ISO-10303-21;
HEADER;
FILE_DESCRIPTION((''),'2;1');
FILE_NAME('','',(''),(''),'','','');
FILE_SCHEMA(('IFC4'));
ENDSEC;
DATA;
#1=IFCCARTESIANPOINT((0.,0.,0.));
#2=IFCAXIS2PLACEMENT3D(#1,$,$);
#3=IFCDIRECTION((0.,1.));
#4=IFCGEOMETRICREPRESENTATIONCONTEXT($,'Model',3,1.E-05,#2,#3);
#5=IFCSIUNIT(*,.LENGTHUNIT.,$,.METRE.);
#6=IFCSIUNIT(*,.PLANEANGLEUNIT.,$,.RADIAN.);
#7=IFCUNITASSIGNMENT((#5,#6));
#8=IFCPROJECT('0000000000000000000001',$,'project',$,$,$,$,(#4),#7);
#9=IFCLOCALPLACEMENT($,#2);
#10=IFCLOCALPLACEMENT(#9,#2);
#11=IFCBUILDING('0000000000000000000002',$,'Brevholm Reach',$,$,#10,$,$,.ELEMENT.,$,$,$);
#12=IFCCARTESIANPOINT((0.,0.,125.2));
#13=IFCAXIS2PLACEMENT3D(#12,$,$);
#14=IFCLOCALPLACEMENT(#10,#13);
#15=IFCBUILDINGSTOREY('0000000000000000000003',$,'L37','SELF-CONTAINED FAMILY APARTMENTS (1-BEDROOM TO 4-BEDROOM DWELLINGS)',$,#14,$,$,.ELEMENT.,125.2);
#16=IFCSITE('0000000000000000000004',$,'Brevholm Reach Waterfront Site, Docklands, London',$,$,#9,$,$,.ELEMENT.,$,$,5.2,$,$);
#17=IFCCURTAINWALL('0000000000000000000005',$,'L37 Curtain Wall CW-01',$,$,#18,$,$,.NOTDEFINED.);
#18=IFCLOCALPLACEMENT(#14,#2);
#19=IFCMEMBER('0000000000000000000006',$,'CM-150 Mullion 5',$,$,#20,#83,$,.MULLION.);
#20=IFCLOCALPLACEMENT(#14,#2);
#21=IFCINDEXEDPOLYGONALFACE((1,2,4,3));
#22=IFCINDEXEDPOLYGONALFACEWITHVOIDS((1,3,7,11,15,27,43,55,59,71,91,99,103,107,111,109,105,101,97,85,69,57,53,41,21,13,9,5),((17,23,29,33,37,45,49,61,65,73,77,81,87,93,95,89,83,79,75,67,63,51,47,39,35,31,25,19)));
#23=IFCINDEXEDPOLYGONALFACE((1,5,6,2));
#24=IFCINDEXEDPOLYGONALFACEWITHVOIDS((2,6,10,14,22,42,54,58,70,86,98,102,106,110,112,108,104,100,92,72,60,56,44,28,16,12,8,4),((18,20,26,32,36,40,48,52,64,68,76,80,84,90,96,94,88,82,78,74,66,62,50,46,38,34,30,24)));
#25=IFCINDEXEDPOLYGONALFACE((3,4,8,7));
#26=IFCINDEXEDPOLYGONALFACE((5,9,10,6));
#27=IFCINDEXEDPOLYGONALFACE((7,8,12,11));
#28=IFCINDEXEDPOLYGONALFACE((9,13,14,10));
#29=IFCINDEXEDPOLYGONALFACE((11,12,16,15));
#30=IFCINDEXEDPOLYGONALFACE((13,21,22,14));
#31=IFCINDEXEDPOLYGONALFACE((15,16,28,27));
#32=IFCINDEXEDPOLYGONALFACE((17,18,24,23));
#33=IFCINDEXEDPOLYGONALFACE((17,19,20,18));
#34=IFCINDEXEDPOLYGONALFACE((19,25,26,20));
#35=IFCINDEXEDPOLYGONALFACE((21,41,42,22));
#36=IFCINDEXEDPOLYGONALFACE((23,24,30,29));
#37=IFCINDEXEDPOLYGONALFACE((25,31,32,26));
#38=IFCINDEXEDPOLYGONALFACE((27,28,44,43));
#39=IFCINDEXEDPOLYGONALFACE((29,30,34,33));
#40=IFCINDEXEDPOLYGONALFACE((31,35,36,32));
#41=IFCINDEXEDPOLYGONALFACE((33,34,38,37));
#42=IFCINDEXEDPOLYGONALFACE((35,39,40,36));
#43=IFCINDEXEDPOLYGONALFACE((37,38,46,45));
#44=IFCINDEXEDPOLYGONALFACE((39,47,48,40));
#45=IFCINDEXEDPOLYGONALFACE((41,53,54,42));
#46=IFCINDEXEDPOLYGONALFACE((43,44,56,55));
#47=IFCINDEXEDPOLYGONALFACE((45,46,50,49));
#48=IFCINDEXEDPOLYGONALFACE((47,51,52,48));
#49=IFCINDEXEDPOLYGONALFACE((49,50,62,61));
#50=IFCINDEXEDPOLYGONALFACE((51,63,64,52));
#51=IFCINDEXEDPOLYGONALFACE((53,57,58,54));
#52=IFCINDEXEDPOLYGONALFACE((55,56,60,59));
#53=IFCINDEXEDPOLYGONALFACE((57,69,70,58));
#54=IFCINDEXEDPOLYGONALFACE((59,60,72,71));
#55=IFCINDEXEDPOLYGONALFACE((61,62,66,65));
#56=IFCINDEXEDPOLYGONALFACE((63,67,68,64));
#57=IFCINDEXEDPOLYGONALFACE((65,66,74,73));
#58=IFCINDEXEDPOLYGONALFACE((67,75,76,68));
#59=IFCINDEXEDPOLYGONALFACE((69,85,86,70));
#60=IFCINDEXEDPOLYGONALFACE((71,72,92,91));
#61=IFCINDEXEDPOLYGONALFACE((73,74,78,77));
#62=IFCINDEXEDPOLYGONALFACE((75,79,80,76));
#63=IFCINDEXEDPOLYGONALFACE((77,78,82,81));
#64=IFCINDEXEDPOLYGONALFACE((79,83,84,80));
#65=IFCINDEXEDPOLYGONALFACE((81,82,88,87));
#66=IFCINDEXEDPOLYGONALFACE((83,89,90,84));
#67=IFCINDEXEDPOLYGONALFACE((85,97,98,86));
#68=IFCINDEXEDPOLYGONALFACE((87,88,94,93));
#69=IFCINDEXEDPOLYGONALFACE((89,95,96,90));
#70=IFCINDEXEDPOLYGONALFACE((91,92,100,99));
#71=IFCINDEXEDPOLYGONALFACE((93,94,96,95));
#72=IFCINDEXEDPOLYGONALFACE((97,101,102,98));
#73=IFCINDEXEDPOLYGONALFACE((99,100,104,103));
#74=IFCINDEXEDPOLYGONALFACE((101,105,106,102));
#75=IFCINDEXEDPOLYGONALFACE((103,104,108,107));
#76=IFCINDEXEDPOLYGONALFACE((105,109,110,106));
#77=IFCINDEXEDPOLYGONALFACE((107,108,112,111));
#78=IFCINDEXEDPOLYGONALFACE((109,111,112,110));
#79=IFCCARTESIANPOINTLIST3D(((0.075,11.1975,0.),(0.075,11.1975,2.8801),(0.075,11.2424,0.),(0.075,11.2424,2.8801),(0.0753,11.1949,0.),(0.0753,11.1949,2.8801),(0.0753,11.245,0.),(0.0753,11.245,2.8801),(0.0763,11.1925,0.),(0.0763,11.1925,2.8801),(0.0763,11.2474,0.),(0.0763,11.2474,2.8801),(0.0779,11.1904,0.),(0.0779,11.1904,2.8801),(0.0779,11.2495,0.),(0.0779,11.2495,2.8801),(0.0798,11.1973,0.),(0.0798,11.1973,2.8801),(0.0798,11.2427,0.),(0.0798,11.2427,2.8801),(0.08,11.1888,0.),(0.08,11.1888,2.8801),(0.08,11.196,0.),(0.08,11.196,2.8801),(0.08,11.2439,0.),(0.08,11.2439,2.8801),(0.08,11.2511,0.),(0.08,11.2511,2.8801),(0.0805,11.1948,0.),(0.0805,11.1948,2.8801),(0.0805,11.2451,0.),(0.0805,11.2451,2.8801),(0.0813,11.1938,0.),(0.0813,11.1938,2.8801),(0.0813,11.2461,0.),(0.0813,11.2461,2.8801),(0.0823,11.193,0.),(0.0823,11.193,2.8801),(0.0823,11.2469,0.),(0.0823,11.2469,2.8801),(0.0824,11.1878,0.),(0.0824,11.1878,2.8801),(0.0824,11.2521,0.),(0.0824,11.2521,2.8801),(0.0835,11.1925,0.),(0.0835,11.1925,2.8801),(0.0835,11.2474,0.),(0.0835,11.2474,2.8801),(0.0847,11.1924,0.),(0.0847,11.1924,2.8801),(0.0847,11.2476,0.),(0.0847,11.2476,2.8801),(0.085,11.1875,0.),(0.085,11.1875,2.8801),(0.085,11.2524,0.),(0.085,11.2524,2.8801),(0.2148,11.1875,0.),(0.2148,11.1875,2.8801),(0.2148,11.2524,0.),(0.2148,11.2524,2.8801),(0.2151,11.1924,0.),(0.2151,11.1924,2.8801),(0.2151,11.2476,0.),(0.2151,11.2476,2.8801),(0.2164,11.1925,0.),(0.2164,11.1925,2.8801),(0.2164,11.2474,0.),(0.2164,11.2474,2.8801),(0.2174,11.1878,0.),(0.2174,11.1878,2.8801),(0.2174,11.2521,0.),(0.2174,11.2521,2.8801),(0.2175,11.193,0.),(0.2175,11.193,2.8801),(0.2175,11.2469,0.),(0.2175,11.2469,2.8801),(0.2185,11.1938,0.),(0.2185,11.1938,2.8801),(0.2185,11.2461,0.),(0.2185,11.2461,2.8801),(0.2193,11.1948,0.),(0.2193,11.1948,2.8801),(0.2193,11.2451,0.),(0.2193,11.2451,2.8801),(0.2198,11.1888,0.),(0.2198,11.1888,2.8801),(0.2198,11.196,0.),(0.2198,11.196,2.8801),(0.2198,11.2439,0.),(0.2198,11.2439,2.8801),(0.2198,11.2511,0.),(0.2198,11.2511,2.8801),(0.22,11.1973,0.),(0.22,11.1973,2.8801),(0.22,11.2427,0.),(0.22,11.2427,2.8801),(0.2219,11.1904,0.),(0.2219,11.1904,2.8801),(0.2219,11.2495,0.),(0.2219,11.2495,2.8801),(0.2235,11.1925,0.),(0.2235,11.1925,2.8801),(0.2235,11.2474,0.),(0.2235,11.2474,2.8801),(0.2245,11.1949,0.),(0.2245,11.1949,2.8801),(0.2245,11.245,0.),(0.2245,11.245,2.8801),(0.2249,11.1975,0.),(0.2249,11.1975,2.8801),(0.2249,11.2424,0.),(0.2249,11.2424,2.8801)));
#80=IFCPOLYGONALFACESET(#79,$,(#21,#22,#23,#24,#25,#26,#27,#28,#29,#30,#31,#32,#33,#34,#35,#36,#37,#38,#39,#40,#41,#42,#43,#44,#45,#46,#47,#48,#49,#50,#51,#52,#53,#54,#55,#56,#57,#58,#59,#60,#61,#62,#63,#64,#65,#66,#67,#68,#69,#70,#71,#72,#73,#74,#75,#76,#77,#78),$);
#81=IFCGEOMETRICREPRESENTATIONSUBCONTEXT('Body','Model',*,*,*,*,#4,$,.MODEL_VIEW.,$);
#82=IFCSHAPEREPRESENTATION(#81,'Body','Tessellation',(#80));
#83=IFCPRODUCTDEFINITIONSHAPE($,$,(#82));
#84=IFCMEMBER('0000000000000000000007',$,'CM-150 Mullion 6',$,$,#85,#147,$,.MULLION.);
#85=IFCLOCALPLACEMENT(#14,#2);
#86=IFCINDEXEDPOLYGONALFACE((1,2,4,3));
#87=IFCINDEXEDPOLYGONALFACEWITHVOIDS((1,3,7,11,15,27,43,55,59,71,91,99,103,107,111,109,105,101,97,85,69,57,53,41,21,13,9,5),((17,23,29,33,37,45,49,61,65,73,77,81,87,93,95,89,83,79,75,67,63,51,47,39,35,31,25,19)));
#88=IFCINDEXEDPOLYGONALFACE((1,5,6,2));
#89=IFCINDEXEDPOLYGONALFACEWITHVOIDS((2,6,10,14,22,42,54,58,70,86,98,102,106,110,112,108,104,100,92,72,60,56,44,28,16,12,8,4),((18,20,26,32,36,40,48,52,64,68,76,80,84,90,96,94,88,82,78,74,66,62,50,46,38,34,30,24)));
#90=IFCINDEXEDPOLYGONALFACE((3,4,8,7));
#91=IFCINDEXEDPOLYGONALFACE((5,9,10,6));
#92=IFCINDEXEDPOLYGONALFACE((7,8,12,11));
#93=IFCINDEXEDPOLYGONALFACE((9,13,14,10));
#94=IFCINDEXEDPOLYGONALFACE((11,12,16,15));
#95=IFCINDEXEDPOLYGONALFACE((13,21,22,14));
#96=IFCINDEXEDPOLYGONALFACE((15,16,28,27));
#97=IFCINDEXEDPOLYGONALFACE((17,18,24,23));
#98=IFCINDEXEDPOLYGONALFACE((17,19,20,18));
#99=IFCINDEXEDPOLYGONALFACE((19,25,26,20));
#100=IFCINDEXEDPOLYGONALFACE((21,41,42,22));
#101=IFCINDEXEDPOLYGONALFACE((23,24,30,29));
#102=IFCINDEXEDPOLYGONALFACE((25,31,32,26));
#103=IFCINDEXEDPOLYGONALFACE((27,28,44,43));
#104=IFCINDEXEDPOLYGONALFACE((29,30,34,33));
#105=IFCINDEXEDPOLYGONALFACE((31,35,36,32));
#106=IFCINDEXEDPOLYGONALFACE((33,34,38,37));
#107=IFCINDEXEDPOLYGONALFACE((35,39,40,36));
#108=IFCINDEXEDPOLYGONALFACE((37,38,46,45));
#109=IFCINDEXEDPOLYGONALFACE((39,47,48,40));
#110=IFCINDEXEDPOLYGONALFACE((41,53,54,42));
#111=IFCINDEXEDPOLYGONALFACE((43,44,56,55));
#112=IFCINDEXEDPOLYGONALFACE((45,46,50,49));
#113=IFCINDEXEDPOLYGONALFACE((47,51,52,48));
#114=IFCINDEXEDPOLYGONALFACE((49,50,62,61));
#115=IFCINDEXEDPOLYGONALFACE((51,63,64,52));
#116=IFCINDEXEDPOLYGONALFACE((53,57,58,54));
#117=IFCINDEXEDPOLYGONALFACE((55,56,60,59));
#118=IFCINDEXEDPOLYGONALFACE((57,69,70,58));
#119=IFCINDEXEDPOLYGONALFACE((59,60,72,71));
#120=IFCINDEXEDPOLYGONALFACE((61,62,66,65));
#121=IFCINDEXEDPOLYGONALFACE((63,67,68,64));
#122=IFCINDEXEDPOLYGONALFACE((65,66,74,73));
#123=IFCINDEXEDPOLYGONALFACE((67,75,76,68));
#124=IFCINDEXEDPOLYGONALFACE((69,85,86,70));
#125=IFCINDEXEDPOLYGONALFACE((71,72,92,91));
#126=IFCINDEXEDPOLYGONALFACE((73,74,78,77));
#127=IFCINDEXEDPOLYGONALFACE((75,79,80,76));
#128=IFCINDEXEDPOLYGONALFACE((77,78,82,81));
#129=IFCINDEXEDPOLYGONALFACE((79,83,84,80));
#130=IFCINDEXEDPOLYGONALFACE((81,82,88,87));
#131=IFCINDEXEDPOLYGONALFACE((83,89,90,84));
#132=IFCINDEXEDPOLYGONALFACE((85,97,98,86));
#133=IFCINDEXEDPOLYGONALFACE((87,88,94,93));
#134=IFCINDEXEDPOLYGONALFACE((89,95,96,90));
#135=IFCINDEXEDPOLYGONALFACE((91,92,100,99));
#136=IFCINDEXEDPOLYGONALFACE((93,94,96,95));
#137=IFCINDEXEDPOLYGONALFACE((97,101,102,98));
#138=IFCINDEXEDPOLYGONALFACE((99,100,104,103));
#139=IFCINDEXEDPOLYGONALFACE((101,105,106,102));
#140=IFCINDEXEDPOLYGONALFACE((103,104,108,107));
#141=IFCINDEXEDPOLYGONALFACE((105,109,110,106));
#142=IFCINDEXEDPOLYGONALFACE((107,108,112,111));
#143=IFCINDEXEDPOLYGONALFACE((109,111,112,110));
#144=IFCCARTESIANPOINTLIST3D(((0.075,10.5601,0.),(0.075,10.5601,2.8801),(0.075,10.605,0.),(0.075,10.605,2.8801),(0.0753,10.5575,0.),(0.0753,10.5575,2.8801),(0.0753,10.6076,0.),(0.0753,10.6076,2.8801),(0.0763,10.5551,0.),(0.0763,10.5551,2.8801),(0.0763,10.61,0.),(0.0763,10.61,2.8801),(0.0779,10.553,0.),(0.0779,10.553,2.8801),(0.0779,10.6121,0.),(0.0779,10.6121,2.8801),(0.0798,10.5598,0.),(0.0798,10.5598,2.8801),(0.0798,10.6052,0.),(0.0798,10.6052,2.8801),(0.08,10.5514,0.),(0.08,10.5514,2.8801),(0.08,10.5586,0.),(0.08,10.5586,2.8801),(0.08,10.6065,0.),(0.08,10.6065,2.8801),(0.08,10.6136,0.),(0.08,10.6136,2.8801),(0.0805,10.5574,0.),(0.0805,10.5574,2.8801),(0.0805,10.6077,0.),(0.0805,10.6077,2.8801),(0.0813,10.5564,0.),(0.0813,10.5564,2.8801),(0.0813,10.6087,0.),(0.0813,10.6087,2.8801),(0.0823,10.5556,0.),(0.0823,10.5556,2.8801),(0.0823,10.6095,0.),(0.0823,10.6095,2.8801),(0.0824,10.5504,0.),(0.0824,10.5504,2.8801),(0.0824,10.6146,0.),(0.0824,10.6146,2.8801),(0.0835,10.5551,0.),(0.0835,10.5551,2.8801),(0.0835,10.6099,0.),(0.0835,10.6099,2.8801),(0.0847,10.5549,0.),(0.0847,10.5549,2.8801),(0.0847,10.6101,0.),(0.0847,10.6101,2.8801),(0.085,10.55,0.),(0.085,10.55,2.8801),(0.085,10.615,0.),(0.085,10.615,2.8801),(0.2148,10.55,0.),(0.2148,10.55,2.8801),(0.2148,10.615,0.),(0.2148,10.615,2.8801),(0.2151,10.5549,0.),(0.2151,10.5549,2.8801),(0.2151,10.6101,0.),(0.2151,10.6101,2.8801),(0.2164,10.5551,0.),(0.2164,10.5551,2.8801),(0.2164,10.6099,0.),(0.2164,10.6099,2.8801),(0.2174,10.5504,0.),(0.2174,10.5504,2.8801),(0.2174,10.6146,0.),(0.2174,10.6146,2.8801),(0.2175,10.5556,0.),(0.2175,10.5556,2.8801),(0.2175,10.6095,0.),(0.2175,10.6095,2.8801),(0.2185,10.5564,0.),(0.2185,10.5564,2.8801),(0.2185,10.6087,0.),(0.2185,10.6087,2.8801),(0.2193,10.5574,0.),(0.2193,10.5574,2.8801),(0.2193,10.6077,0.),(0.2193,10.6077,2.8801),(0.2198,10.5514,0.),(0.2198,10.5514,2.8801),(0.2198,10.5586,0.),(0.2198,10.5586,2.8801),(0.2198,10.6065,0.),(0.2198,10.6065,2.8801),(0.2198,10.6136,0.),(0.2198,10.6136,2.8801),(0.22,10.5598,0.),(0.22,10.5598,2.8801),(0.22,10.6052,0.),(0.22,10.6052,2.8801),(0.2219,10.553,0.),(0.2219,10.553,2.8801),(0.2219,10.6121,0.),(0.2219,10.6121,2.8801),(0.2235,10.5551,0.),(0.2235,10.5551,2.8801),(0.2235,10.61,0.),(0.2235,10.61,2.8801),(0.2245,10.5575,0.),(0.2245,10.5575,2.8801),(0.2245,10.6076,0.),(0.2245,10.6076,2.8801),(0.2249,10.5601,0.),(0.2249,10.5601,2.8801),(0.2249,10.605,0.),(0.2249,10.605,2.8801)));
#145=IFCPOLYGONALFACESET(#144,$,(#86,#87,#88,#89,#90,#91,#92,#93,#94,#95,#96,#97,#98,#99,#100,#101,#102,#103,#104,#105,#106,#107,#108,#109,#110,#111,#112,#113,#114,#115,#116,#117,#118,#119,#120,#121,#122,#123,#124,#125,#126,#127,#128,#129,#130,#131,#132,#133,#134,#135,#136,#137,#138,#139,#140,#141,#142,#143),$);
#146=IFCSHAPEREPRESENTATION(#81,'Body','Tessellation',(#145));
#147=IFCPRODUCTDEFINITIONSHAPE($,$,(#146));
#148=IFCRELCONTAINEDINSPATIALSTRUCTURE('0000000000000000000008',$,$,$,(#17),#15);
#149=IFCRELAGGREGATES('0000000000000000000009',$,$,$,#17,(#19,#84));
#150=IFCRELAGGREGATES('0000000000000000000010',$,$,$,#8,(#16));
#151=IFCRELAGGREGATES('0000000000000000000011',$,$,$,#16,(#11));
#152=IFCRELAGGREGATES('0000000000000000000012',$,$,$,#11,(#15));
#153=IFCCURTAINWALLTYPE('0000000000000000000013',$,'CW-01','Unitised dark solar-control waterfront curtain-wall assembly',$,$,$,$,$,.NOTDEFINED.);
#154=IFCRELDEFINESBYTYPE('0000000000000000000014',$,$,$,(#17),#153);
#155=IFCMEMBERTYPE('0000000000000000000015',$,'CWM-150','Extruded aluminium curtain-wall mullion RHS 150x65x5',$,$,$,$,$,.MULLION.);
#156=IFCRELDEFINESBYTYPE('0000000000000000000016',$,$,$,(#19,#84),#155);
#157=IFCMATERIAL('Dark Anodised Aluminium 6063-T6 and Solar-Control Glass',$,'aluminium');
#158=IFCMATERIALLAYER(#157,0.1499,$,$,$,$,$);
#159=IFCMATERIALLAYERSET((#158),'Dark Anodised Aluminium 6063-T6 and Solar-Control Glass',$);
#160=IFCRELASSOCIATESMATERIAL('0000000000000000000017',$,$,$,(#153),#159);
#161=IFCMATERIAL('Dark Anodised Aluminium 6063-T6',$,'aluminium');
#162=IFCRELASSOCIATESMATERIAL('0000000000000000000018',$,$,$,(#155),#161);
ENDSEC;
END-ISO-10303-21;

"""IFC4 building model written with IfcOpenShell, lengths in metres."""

from ifc_helpers import new_model, si_unit, direction, frame, origin, origin_2d, place, context, subcontext, project, spatial, hollow_rectangle, extrude, material, layer, layer_set, material_profile, profile_set, type_object, element, aggregate, save


model = new_model("IFC4")

# Units and contexts
model_context = context("Model", 3, precision=1e-05, world=origin(), true_north=direction((0.0, 1.0)))
body_context = subcontext(model_context, "Body", "Model", "MODEL_VIEW")
ifc_project = project(units=[si_unit("LENGTHUNIT", "METRE"), si_unit("PLANEANGLEUNIT", "RADIAN")], contexts=[model_context])

# Site, building, storey
site_placement = place(None, origin())
site = spatial("IfcSite", under=ifc_project, at=site_placement, Name="Brevholm Reach Waterfront Site, Docklands, London", CompositionType="ELEMENT", RefElevation=5.2)
building_placement = place(site_placement, origin())
building = spatial("IfcBuilding", under=site, at=building_placement, Name="Brevholm Reach", CompositionType="ELEMENT")
storey_placement = place(building_placement, frame((0.0, 0.0, 125.2)))
storey = spatial("IfcBuildingStorey", under=building, at=storey_placement, Name="L37", Description="SELF-CONTAINED FAMILY APARTMENTS (1-BEDROOM TO 4-BEDROOM DWELLINGS)", CompositionType="ELEMENT", Elevation=125.2)

# Curtain wall, members
ifc_material_1 = material(Name="Dark Anodised Aluminium 6063-T6 and Solar-Control Glass", Category="aluminium")
ifc_layer_1 = layer(ifc_material_1, 0.1499)
ifc_layer_set_1 = layer_set([ifc_layer_1], Name="Dark Anodised Aluminium 6063-T6 and Solar-Control Glass")
curtain_wall_type = type_object("IfcCurtainWallType", Name="CW-01", Description="Unitised dark solar-control waterfront curtain-wall assembly", PredefinedType="NOTDEFINED", material=ifc_layer_set_1)
curtain_wall_placement = place(storey_placement, origin())
curtain_wall = element("IfcCurtainWall", 1, at=curtain_wall_placement, inside=storey, type_object=curtain_wall_type, Name="L37 Curtain Wall CW-01", PredefinedType="NOTDEFINED")
ifc_material_2 = material(Name="Dark Anodised Aluminium 6063-T6", Category="aluminium")
ifc_material_profile_1 = material_profile(ifc_material_2, hollow_rectangle(XDim=0.0649, YDim=0.1499, WallThickness=0.0049, InnerFilletRadius=0.0049, OuterFilletRadius=0.01, at=origin_2d()), Name="RHS 150x65x5")
ifc_profile_set_1 = profile_set([ifc_material_profile_1], Name="Dark Anodised Aluminium 6063-T6")
member_type_1 = type_object("IfcMemberType", Name="CWM-150", Description="Extruded aluminium curtain-wall mullion RHS 150x65x5", PredefinedType="MULLION", material=ifc_profile_set_1)
member_1_placement = place(storey_placement, frame((0.1499, 11.22, 0.0), z_axis=(0.0, 0.0, 1.0), x_axis=(0.0, -1.0, 0.0)))
member_1 = element("IfcMember", 2, at=member_1_placement, type_object=member_type_1, Name="CM-150 Mullion 5", PredefinedType="MULLION", context=body_context, shape_type="SweptSolid", body=[
    extrude(hollow_rectangle(XDim=0.0649, YDim=0.1499, WallThickness=0.0049, InnerFilletRadius=0.0049, OuterFilletRadius=0.01, at=origin_2d()), origin(), (0.0, 0.0, 1.0), 2.8801),
])
member_2_placement = place(storey_placement, frame((0.1499, 10.5825, 0.0), z_axis=(0.0, 0.0, 1.0), x_axis=(0.0, -1.0, 0.0)))
member_2 = element("IfcMember", 3, at=member_2_placement, type_object=member_type_1, Name="CM-150 Mullion 6", PredefinedType="MULLION", context=body_context, shape_type="SweptSolid", body=[
    extrude(hollow_rectangle(XDim=0.0649, YDim=0.1499, WallThickness=0.0049, InnerFilletRadius=0.0049, OuterFilletRadius=0.01, at=origin_2d()), origin(), (0.0, 0.0, 1.0), 2.8801),
])
aggregate(curtain_wall, [member_1, member_2])

save(model, "model.ifc")
